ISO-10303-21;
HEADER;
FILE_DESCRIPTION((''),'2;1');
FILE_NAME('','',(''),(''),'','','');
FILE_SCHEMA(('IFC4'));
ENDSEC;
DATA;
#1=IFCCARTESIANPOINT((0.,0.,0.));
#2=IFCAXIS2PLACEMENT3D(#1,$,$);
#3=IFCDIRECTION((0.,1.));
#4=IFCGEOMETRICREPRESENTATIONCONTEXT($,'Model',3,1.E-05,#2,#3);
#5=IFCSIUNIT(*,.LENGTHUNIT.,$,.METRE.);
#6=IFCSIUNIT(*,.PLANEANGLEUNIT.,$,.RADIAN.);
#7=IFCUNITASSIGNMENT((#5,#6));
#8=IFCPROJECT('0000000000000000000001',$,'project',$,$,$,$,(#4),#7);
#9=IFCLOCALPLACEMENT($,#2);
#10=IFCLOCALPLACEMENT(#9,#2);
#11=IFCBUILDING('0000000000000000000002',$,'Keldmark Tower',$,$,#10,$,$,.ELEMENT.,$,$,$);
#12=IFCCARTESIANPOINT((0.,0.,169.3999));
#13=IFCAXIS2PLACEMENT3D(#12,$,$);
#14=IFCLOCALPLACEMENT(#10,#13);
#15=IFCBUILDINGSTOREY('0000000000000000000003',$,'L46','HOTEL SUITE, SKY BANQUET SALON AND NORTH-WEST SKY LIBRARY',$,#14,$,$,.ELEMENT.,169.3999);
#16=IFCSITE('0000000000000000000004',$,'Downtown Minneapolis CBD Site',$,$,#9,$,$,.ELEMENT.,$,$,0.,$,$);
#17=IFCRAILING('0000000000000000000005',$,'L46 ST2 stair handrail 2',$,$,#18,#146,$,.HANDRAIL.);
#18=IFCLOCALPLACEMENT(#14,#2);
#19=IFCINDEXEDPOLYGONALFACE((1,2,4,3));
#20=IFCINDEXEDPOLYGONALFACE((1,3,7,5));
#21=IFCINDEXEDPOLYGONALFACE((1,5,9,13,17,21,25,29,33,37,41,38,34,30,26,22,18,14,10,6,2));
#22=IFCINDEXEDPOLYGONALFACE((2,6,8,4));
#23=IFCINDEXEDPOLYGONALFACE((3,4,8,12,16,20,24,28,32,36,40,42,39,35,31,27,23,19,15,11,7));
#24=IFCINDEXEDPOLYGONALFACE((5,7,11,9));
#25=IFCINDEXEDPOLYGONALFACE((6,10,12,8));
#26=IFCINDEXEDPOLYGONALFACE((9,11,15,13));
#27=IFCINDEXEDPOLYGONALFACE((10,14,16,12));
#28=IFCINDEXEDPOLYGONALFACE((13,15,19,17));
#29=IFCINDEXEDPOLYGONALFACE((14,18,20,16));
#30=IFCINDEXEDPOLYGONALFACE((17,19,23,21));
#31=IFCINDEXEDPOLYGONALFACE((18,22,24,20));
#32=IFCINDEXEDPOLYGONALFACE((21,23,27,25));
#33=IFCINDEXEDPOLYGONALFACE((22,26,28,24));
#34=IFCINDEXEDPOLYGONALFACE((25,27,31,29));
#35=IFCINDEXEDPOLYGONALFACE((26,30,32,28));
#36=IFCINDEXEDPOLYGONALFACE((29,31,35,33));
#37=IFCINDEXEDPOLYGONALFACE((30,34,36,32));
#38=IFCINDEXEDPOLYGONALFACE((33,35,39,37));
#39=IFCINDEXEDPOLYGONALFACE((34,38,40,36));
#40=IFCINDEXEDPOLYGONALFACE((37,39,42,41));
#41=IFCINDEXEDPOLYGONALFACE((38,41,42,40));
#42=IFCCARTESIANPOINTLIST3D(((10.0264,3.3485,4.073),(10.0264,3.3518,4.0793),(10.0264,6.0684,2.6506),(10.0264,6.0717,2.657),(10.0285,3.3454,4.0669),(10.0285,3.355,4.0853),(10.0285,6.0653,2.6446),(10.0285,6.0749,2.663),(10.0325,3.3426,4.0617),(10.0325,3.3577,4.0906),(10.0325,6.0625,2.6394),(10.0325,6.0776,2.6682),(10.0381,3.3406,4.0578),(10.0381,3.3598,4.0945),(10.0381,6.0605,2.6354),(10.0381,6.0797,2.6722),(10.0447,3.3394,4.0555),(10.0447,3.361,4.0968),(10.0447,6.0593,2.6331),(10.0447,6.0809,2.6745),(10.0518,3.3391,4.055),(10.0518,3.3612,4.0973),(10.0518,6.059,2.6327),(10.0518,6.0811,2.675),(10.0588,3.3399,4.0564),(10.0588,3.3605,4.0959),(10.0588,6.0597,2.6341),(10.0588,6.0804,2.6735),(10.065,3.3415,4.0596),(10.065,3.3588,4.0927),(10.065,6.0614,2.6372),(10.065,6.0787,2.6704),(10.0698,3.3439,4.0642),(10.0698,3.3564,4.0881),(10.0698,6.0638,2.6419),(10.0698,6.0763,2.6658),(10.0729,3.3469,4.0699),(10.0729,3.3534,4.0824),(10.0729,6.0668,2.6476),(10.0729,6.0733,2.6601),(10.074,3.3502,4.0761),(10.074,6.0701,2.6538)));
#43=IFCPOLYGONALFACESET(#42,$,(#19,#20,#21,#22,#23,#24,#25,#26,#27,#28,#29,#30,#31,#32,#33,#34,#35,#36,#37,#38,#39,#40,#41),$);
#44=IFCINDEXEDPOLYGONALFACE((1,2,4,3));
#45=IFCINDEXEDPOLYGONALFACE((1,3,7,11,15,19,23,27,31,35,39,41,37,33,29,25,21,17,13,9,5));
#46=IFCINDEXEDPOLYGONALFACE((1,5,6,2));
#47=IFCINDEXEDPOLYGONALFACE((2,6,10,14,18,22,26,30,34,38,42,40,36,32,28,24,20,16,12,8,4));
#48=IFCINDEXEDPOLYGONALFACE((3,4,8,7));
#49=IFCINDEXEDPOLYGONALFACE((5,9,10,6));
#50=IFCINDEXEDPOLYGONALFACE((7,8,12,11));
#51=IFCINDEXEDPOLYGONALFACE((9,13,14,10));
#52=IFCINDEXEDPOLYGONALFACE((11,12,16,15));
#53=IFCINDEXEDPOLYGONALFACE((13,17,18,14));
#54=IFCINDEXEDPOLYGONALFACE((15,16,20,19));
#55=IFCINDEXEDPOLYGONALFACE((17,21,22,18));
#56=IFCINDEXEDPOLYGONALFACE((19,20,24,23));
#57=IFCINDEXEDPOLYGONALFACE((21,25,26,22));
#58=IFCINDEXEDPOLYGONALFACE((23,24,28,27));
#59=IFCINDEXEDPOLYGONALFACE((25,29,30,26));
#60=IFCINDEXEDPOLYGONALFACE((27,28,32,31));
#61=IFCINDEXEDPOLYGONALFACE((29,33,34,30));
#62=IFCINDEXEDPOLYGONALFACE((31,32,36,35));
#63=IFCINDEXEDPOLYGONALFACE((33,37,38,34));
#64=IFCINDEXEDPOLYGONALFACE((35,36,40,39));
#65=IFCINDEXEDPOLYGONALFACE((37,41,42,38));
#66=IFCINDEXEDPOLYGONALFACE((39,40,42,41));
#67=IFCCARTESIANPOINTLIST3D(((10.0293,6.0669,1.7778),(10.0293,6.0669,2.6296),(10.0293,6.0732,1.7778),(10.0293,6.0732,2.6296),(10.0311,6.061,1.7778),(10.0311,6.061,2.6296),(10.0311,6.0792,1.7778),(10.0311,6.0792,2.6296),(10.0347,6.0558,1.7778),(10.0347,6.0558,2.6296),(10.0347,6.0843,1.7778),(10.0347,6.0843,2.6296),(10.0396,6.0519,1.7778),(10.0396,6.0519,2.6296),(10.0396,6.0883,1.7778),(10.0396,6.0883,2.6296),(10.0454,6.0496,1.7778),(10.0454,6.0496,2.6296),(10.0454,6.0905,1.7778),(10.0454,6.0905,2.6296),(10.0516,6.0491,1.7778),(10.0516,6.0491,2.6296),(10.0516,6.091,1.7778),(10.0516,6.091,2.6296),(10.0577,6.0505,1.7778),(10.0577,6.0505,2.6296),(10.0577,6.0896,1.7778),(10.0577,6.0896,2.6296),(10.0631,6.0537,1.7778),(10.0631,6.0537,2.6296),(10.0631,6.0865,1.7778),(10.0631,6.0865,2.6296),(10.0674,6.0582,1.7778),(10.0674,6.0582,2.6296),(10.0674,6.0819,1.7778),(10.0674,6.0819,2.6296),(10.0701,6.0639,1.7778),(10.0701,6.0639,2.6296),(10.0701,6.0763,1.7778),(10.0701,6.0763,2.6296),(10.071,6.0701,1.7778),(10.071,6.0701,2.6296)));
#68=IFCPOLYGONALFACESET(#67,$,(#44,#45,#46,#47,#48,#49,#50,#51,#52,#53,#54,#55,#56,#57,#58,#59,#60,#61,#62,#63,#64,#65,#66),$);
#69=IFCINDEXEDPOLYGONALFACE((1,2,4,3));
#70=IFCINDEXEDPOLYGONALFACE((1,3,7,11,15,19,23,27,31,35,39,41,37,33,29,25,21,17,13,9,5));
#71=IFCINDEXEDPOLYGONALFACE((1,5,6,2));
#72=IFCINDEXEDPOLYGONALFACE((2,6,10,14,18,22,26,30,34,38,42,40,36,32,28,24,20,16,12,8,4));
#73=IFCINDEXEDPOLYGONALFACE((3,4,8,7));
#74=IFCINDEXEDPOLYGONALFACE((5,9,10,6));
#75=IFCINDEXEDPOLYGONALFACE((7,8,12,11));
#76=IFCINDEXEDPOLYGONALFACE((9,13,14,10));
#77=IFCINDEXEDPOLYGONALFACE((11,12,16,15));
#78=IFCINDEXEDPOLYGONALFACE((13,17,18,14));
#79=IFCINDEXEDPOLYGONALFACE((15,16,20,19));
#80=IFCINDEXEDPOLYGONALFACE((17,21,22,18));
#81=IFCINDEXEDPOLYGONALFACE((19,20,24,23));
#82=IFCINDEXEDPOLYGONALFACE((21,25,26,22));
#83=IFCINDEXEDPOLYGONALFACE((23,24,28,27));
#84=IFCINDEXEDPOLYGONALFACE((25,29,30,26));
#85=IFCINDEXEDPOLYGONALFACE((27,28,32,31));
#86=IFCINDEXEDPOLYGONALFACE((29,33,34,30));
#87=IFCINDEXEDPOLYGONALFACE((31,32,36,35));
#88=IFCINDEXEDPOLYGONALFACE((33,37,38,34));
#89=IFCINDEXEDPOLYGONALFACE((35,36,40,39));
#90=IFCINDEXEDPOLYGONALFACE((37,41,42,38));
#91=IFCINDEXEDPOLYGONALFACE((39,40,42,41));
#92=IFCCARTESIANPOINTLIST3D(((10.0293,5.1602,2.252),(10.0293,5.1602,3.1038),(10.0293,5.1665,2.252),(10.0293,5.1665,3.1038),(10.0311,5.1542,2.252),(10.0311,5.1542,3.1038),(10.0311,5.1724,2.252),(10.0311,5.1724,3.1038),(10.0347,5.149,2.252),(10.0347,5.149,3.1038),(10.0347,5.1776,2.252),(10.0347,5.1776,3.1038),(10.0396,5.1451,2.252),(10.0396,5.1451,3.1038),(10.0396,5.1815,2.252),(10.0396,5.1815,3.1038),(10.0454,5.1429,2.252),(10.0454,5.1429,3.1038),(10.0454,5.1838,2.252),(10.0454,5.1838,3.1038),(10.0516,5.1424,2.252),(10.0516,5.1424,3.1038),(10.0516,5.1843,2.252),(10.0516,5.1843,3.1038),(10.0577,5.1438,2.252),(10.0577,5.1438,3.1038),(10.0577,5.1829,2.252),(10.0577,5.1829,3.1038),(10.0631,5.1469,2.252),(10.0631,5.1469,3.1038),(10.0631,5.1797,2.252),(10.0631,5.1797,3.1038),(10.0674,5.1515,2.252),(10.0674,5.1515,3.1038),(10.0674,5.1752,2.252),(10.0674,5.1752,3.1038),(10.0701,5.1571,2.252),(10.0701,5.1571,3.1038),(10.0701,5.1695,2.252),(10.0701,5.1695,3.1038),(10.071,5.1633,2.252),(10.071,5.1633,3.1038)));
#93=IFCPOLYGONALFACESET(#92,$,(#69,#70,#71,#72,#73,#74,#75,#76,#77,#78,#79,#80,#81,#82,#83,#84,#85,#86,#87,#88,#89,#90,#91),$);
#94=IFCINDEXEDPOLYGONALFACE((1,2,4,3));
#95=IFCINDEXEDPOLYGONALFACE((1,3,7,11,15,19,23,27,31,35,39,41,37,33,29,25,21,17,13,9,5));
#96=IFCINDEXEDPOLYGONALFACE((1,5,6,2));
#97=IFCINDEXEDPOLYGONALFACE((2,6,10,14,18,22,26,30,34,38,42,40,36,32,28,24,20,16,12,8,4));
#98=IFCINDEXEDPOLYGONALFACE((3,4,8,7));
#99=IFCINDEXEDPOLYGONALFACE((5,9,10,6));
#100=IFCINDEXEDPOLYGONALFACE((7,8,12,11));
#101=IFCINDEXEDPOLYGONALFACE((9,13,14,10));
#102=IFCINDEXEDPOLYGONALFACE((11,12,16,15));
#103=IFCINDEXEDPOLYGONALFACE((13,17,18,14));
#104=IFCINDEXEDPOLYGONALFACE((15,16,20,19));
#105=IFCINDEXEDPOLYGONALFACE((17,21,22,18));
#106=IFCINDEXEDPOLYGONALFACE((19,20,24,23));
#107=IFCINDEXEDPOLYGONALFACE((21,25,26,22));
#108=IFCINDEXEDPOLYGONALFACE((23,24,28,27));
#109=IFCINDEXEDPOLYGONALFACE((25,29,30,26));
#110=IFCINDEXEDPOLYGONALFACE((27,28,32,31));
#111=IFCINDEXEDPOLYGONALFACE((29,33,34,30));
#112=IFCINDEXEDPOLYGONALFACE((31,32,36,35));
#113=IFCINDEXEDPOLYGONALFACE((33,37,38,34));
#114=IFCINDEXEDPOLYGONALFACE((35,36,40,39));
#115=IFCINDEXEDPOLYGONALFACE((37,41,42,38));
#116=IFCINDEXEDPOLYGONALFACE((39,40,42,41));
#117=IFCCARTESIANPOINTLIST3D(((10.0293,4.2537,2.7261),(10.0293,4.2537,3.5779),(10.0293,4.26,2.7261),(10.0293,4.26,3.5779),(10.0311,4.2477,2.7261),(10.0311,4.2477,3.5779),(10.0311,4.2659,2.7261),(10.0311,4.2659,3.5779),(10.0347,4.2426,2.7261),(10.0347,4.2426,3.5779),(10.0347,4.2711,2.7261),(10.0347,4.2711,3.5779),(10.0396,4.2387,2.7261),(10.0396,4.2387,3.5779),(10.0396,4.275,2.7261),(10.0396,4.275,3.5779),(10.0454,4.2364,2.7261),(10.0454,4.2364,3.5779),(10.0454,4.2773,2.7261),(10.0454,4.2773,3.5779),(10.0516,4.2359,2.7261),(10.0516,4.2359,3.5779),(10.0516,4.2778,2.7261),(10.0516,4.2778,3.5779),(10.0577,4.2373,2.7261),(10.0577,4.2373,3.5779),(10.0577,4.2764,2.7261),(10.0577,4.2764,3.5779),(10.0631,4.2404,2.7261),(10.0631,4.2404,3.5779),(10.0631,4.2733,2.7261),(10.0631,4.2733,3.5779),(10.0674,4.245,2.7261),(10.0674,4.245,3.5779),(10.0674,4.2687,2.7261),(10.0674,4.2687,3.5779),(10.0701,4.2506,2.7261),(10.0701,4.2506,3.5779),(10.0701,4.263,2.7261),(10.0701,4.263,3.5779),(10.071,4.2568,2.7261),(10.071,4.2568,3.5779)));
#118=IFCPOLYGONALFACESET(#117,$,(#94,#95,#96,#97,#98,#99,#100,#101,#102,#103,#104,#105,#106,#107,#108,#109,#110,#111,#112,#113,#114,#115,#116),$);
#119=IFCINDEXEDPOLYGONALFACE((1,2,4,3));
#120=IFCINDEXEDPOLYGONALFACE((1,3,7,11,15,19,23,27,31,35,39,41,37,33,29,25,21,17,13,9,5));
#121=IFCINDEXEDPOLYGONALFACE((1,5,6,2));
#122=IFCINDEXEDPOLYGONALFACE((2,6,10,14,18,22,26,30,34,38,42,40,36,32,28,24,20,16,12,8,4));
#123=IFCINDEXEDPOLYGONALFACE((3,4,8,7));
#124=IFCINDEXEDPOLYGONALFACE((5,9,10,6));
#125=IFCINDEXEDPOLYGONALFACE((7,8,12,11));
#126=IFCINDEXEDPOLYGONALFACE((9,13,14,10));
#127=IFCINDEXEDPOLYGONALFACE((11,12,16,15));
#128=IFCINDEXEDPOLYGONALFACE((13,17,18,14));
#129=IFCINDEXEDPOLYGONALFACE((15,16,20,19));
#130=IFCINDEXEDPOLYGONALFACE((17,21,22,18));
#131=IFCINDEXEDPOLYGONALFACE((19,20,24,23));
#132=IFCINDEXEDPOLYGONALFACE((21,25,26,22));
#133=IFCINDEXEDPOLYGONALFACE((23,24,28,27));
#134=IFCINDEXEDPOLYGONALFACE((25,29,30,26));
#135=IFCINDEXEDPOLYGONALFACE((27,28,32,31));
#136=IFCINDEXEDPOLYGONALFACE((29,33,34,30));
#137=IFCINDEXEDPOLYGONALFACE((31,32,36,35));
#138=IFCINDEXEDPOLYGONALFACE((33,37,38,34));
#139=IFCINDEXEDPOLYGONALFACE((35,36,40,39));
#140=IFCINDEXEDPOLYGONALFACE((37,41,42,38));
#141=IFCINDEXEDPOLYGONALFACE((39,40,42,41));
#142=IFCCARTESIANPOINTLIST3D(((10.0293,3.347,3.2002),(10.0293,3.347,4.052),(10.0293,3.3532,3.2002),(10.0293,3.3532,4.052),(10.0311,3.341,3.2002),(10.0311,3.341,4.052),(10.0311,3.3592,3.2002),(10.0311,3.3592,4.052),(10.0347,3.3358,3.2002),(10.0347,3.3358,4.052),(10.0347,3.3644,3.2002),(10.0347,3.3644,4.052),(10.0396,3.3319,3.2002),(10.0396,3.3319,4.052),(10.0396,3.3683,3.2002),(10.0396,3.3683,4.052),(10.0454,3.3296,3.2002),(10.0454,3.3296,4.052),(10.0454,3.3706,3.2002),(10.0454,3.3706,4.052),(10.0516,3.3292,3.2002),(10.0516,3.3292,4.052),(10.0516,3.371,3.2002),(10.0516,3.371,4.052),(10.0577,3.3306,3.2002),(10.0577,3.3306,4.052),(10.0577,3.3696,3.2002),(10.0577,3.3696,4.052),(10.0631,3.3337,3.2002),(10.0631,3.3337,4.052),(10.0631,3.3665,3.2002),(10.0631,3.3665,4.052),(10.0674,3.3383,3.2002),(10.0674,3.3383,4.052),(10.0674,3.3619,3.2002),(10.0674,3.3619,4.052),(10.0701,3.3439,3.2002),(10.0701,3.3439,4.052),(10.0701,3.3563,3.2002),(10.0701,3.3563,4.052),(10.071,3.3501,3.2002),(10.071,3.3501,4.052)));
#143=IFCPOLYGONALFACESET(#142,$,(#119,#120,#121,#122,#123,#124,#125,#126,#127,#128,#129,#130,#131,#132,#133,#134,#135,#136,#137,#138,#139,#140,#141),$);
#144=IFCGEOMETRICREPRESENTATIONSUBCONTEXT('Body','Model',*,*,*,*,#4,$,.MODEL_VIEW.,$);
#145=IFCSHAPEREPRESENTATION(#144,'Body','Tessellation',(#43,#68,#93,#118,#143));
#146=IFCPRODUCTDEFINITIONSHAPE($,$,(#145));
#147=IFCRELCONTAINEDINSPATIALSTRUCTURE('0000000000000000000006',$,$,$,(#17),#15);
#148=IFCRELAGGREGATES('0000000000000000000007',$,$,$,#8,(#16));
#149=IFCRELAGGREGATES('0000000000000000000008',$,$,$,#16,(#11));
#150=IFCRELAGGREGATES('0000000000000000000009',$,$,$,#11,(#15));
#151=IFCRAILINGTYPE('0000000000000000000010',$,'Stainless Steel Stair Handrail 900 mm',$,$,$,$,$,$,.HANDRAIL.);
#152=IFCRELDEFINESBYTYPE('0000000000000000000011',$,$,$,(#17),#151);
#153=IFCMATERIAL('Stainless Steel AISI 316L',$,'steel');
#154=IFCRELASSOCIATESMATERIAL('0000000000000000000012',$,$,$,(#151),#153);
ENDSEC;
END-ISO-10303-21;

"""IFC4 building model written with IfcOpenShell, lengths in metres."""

from ifc_helpers import new_model, si_unit, direction, frame, origin, origin_2d, place, context, subcontext, project, spatial, circle, extrude, material, type_object, element, save


model = new_model("IFC4")

# Units and contexts
model_context = context("Model", 3, precision=1e-05, world=origin(), true_north=direction((0.0, 1.0)))
body_context = subcontext(model_context, "Body", "Model", "MODEL_VIEW")
ifc_project = project(units=[si_unit("LENGTHUNIT", "METRE"), si_unit("PLANEANGLEUNIT", "RADIAN")], contexts=[model_context])

# Site, building, storey
site_placement = place(None, origin())
site = spatial("IfcSite", under=ifc_project, at=site_placement, Name="Downtown Minneapolis CBD Site", CompositionType="ELEMENT", RefElevation=0.0)
building_placement = place(site_placement, origin())
building = spatial("IfcBuilding", under=site, at=building_placement, Name="Keldmark Tower", CompositionType="ELEMENT")
storey_placement = place(building_placement, frame((0.0, 0.0, 169.3999)))
storey = spatial("IfcBuildingStorey", under=building, at=storey_placement, Name="L46", Description="HOTEL SUITE, SKY BANQUET SALON AND NORTH-WEST SKY LIBRARY", CompositionType="ELEMENT", Elevation=169.3999)

# Railing
ifc_material_1 = material(Name="Stainless Steel AISI 316L", Category="steel")
railing_type = type_object("IfcRailingType", Name="Stainless Steel Stair Handrail 900 mm", PredefinedType="HANDRAIL", material=ifc_material_1)
railing_1_placement = place(storey_placement, frame((10.05, 6.0701, 1.7778)))
element("IfcRailing", 1, at=railing_1_placement, inside=storey, type_object=railing_type, Name="L46 ST2 stair handrail 2", PredefinedType="HANDRAIL", context=body_context, shape_type="SweptSolid", body=[
    extrude(circle(Radius=0.0239, at=origin_2d()), frame((0.0, 0.0, 0.876), z_axis=(0.0, -0.88615, 0.463398), x_axis=(1.0, 0.0, 0.0)), (0.0, 0.0, 1.0), 3.0693),
    extrude(circle(Radius=0.021, at=origin_2d()), origin(), (0.0, 0.0, 1.0), 0.8518),
    extrude(circle(Radius=0.021, at=origin_2d()), frame((0.0, -0.9067, 0.4741)), (0.0, 0.0, 1.0), 0.8518),
    extrude(circle(Radius=0.021, at=origin_2d()), frame((0.0, -1.8132, 0.9482)), (0.0, 0.0, 1.0), 0.8518),
    extrude(circle(Radius=0.021, at=origin_2d()), frame((0.0, -2.72, 1.4224)), (0.0, 0.0, 1.0), 0.8518),
])

save(model, "model.ifc")
